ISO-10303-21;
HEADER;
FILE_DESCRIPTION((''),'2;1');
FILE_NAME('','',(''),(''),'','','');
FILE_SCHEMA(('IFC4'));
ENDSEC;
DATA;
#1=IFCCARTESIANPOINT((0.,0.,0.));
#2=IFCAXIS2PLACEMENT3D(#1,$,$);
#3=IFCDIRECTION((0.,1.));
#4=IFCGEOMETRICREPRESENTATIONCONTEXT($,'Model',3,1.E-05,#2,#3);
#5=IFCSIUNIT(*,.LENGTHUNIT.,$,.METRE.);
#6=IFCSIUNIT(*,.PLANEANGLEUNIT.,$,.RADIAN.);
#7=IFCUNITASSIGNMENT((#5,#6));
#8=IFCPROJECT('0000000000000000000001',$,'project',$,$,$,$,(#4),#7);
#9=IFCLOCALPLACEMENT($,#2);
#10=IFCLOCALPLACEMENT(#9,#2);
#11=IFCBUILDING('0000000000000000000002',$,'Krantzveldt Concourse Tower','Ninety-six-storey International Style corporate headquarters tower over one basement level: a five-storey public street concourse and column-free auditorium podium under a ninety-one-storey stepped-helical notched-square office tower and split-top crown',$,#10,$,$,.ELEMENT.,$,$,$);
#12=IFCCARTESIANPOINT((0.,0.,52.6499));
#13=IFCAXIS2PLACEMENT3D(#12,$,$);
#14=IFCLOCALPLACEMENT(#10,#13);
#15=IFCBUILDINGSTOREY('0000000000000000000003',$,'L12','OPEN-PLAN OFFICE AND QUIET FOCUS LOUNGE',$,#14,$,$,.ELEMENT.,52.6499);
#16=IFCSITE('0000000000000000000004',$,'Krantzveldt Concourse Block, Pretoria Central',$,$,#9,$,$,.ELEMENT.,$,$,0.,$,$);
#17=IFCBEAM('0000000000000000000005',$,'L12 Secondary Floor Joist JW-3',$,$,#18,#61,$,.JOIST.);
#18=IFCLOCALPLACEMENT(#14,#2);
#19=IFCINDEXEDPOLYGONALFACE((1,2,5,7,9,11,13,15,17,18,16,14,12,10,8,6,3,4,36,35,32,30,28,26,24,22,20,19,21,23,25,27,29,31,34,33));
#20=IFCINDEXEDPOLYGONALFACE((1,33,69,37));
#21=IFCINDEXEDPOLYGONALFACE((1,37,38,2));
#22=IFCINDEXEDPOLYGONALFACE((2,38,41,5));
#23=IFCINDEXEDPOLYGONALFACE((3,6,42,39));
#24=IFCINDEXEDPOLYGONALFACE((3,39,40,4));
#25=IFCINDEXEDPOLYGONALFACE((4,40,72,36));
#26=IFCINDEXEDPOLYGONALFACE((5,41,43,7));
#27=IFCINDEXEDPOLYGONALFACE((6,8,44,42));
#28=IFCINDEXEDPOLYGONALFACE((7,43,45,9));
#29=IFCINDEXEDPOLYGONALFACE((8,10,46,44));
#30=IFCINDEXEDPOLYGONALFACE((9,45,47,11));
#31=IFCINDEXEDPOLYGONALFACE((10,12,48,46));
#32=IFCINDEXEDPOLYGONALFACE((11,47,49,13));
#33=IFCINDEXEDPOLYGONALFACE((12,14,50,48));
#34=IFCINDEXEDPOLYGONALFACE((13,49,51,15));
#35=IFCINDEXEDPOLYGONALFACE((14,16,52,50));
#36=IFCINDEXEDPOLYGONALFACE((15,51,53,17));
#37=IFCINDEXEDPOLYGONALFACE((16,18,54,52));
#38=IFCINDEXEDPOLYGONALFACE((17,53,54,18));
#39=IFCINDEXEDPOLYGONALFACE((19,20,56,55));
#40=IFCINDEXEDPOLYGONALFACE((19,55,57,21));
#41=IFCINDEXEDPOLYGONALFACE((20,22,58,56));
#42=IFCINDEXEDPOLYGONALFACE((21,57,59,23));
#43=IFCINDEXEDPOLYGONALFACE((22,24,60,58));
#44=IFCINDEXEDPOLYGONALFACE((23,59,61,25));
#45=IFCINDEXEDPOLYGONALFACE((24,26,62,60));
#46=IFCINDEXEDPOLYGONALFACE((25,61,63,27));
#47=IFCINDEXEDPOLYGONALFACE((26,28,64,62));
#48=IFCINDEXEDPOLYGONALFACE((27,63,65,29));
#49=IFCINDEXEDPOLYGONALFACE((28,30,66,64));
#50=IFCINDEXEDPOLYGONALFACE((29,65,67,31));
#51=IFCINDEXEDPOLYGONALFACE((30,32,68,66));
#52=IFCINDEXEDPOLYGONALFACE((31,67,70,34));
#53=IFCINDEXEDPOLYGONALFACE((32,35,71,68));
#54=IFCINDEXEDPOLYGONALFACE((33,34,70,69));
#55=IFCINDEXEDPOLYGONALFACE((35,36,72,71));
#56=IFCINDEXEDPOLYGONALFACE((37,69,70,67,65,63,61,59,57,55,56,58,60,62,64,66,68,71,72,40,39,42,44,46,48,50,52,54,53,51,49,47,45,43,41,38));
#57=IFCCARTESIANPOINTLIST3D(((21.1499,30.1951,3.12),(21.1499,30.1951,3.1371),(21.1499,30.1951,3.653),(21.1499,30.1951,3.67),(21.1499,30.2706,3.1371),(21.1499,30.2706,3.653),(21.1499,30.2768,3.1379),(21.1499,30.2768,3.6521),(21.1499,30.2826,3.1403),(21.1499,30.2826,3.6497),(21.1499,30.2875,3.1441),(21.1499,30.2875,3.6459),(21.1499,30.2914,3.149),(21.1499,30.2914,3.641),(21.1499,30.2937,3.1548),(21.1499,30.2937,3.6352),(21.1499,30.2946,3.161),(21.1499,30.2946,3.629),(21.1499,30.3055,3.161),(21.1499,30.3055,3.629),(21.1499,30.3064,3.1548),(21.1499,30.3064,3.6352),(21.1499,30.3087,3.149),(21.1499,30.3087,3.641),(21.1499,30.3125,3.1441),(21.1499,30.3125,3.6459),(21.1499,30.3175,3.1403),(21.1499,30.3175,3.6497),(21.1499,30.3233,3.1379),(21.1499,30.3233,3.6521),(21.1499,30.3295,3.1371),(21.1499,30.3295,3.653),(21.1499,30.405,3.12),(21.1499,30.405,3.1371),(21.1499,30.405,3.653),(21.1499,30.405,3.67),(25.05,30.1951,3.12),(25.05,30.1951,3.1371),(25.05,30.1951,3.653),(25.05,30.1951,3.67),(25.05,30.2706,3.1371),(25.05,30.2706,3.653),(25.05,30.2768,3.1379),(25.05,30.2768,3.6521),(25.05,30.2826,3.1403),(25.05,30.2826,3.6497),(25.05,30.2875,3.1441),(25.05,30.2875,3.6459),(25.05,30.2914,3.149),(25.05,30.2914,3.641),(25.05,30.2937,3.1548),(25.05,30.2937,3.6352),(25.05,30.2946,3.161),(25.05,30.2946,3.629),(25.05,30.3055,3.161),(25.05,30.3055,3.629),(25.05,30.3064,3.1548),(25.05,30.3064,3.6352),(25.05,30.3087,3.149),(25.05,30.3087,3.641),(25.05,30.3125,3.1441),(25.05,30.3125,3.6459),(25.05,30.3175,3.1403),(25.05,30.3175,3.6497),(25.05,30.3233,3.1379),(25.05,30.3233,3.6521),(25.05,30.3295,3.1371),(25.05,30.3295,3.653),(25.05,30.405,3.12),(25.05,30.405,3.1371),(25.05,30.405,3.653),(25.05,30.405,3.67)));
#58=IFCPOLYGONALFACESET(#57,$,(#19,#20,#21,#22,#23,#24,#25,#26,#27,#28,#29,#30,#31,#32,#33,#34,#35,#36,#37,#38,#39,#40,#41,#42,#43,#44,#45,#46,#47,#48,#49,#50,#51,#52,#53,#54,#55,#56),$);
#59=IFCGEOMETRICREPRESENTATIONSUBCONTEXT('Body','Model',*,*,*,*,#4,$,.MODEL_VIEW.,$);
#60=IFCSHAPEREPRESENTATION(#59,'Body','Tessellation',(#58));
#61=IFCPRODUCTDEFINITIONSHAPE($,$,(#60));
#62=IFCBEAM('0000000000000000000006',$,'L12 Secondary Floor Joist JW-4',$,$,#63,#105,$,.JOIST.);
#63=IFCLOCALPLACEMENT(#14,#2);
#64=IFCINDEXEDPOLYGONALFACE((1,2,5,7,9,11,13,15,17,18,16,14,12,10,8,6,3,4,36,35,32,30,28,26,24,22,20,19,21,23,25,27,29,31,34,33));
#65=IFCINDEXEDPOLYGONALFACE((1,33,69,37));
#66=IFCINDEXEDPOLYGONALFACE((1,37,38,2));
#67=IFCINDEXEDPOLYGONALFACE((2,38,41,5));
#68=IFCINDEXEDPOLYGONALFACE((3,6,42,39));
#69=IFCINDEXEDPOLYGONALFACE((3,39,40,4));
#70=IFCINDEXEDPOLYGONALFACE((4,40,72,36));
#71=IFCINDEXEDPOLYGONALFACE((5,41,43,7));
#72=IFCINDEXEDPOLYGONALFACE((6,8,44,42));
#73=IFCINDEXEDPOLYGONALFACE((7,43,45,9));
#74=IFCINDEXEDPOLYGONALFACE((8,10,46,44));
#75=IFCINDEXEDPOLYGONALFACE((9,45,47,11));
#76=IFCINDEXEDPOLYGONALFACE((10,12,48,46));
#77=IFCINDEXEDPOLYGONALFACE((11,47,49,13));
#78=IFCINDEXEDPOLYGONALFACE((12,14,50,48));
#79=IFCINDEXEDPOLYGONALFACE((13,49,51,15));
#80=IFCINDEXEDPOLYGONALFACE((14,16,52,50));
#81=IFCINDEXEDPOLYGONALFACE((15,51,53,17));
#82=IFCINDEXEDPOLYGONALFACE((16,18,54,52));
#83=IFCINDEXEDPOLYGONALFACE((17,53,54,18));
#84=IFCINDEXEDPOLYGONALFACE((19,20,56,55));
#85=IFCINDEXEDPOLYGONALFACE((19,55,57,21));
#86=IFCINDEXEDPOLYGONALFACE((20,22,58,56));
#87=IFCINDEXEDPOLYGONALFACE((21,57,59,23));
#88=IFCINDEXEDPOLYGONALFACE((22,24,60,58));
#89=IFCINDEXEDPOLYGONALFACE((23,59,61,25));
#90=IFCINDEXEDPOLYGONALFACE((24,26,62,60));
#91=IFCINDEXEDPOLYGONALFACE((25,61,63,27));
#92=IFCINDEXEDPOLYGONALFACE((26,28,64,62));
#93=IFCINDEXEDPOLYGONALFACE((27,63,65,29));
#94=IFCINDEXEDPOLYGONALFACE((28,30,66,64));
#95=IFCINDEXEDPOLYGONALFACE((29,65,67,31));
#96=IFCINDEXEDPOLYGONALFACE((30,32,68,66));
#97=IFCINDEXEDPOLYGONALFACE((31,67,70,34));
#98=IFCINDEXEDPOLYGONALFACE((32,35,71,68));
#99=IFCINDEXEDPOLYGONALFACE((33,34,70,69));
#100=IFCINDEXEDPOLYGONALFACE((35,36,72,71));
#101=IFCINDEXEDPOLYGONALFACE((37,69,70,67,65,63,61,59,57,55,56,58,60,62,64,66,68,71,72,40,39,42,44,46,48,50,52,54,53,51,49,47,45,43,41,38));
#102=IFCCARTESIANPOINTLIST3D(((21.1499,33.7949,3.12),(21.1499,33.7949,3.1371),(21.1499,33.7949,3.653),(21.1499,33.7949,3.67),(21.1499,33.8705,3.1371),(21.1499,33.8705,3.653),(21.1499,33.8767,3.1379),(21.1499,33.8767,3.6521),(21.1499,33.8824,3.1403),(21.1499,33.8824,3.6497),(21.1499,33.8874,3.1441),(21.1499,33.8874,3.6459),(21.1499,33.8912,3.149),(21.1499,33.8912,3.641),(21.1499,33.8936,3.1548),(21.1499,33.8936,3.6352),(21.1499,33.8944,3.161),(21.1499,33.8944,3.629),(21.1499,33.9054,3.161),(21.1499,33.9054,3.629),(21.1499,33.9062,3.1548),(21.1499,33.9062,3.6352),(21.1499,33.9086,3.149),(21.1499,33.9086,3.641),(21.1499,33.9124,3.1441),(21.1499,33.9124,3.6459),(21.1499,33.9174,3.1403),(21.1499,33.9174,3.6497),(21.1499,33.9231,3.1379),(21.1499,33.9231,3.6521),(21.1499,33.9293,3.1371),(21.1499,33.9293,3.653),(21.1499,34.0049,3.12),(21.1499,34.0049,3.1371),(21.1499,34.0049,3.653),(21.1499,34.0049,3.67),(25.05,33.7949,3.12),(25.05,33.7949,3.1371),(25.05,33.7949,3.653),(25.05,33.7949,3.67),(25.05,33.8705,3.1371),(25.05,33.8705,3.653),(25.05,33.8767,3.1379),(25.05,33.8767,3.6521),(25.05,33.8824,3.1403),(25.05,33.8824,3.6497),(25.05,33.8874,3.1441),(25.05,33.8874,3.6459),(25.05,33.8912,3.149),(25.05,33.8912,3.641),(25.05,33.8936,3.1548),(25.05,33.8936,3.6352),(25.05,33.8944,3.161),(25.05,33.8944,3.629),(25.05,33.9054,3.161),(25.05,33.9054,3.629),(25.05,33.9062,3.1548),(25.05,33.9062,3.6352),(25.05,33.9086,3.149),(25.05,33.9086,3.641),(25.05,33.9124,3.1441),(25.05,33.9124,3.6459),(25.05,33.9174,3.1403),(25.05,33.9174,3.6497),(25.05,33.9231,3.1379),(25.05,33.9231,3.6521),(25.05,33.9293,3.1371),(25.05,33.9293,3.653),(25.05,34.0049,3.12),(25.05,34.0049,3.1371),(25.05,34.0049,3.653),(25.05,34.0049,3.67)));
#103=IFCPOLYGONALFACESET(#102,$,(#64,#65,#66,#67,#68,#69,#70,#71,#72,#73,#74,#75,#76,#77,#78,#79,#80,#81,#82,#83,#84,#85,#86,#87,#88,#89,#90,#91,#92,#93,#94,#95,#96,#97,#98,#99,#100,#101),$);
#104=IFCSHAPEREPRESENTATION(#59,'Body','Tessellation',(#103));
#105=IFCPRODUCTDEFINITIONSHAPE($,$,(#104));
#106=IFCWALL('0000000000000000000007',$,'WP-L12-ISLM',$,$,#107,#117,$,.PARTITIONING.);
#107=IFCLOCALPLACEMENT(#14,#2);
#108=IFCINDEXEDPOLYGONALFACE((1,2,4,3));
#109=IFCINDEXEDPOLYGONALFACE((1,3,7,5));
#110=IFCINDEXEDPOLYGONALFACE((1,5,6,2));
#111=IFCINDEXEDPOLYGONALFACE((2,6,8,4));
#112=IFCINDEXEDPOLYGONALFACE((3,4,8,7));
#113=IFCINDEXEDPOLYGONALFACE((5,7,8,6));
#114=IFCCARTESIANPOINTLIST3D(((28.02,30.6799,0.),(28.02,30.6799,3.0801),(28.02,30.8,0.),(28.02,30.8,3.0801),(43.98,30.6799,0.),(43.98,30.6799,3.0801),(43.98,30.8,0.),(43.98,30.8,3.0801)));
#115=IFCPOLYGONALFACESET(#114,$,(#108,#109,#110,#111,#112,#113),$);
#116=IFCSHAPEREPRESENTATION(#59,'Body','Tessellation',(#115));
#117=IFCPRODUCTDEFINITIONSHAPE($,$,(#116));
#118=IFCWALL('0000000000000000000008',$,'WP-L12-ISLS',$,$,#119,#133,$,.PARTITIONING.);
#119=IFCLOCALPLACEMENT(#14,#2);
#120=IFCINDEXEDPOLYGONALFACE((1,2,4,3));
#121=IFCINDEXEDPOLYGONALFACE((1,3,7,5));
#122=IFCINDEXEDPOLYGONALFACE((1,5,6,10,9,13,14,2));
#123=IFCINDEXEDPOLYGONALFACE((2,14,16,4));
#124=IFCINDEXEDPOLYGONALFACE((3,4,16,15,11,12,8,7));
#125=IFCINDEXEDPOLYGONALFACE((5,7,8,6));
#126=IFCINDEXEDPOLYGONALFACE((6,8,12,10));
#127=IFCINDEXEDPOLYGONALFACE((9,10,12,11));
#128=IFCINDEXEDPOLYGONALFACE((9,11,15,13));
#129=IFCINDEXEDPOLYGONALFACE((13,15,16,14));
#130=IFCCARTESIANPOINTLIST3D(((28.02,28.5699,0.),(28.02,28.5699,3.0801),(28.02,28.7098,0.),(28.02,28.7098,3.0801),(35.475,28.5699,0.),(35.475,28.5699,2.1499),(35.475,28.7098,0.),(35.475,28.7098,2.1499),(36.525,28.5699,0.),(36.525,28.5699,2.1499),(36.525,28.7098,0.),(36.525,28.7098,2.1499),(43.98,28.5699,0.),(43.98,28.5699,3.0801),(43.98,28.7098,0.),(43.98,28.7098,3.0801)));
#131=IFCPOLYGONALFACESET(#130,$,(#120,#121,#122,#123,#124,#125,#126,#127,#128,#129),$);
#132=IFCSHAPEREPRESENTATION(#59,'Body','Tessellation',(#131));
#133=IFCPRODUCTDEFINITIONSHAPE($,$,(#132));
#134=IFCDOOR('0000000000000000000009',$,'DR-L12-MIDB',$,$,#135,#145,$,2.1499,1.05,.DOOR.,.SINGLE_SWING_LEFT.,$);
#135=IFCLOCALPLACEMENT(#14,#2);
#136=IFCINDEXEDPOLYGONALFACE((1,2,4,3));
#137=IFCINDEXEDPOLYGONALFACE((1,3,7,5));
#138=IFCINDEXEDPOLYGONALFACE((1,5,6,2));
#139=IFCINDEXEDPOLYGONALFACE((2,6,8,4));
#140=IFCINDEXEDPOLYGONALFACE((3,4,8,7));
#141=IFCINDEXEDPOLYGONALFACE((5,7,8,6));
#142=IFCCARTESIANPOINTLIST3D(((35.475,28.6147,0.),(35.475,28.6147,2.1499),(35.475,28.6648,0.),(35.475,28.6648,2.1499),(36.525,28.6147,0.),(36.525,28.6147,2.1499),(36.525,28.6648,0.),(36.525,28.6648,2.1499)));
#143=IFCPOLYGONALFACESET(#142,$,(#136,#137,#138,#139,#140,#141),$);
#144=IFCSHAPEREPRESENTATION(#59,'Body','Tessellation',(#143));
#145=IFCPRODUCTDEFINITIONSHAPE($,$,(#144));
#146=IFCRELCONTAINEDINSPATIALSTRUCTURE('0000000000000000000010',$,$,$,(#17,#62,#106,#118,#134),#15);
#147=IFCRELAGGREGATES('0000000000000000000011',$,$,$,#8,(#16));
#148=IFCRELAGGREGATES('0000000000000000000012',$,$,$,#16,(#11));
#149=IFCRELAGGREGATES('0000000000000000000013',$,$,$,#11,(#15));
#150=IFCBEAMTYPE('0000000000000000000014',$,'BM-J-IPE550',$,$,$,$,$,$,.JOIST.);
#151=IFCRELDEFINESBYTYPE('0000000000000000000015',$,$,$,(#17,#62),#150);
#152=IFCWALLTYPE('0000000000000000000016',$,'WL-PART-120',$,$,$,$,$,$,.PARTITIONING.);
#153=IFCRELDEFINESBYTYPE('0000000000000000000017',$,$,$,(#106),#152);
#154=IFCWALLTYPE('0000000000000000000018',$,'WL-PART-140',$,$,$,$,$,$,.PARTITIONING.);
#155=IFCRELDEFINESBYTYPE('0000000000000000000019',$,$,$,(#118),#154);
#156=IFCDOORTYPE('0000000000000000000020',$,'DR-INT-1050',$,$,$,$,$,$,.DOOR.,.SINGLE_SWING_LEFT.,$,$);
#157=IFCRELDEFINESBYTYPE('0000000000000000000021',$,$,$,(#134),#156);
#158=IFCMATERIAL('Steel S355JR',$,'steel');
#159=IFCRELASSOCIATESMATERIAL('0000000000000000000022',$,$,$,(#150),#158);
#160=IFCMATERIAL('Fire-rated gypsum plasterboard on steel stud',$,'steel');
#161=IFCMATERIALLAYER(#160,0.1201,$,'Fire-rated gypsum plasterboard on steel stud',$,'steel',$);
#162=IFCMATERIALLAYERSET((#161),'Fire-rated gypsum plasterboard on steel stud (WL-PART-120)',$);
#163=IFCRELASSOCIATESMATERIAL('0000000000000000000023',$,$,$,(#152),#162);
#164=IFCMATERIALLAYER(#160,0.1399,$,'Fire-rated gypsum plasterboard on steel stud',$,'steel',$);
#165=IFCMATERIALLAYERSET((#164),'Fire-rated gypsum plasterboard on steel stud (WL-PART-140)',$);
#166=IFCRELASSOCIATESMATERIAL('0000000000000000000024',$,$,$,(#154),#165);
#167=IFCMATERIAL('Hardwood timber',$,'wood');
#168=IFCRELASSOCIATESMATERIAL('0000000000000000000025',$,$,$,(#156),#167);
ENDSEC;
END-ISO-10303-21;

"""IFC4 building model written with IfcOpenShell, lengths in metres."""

from ifc_helpers import new_model, si_unit, direction, frame, frame_2d, origin, origin_2d, place, context, subcontext, project, spatial, rectangle, i_section, extrude, source, transform, mapped, material, layer, layer_set, material_profile, profile_set, type_object, element, fill, save


model = new_model("IFC4")

# Units and contexts
model_context = context("Model", 3, precision=1e-05, world=origin(), true_north=direction((0.0, 1.0)))
body_context = subcontext(model_context, "Body", "Model", "MODEL_VIEW")
ifc_project = project(units=[si_unit("LENGTHUNIT", "METRE"), si_unit("PLANEANGLEUNIT", "RADIAN")], contexts=[model_context])

# Site, building, storey
site_placement = place(None, origin())
site = spatial("IfcSite", under=ifc_project, at=site_placement, Name="Krantzveldt Concourse Block, Pretoria Central", CompositionType="ELEMENT", RefElevation=0.0)
building_placement = place(site_placement, origin())
building = spatial("IfcBuilding", under=site, at=building_placement, Name="Krantzveldt Concourse Tower", Description="Ninety-six-storey International Style corporate headquarters tower over one basement level: a five-storey public street concourse and column-free auditorium podium under a ninety-one-storey stepped-helical notched-square office tower and split-top crown", CompositionType="ELEMENT")
storey_placement = place(building_placement, frame((0.0, 0.0, 52.6499)))
storey = spatial("IfcBuildingStorey", under=building, at=storey_placement, Name="L12", Description="OPEN-PLAN OFFICE AND QUIET FOCUS LOUNGE", CompositionType="ELEMENT", Elevation=52.6499)

# Beams
ifc_material_1 = material(Name="Steel S355JR", Category="steel")
ifc_material_profile_1 = material_profile(ifc_material_1, i_section(OverallWidth=0.21, OverallDepth=0.55, WebThickness=0.011, FlangeThickness=0.0171, FilletRadius=0.0239, at=origin_2d()), Name="Steel S355JR", Category="steel")
ifc_profile_set_1 = profile_set([ifc_material_profile_1], Name="Steel S355JR - IPE 550")
beam_type_1 = type_object("IfcBeamType", Name="BM-J-IPE550", PredefinedType="JOIST", material=ifc_profile_set_1)
shared_shape_1 = source(origin(), body_context, "Body", "SweptSolid", [
    extrude(i_section(OverallWidth=0.21, OverallDepth=0.55, WebThickness=0.011, FlangeThickness=0.0171, FilletRadius=0.0239, at=origin_2d()), origin(), (0.0, 0.0, 1.0), 3.9001),
])
for number, where, z_axis, x_axis, name in (
    (1, (21.1499, 30.3, 3.395), (1.0, 0.0, 0.0), (0.0, 1.0, 0.0), "L12 Secondary Floor Joist JW-3"),
    (2, (21.1499, 33.8999, 3.395), (1.0, 0.0, 0.0), (0.0, 1.0, 0.0), "L12 Secondary Floor Joist JW-4"),
):
    element("IfcBeam", number, at=place(storey_placement, frame(where, z_axis=z_axis, x_axis=x_axis)), inside=storey, type_object=beam_type_1, Name=name, PredefinedType="JOIST", context=body_context, shape_type="MappedRepresentation", body=[
        mapped(shared_shape_1, transform((0.0, 0.0, 0.0), x_axis=(1.0, 0.0, 0.0), y_axis=(0.0, 1.0, 0.0), z_axis=(0.0, 0.0, 1.0), scale=1.0)),
    ])

# Wall
ifc_material_2 = material(Name="Fire-rated gypsum plasterboard on steel stud", Category="steel")
ifc_layer_1 = layer(ifc_material_2, 0.1201, Name="Fire-rated gypsum plasterboard on steel stud", Category="steel")
ifc_layer_set_1 = layer_set([ifc_layer_1], Name="Fire-rated gypsum plasterboard on steel stud (WL-PART-120)")
wall_type_1 = type_object("IfcWallType", Name="WL-PART-120", PredefinedType="PARTITIONING", material=ifc_layer_set_1)
wall_1_placement = place(storey_placement, frame((28.02, 30.74, 0.0), z_axis=(0.0, 0.0, 1.0), x_axis=(1.0, 0.0, 0.0)))
element("IfcWall", 3, at=wall_1_placement, inside=storey, type_object=wall_type_1, Name="WP-L12-ISLM", PredefinedType="PARTITIONING", context=body_context, shape_type="SweptSolid", body=[
    extrude(rectangle(XDim=15.96, YDim=0.1201, at=frame_2d((7.98, 0.0))), origin(), (0.0, 0.0, 1.0), 3.0801),
])

# Wall, opening, door
ifc_layer_2 = layer(ifc_material_2, 0.1399, Name="Fire-rated gypsum plasterboard on steel stud", Category="steel")
ifc_layer_set_2 = layer_set([ifc_layer_2], Name="Fire-rated gypsum plasterboard on steel stud (WL-PART-140)")
wall_type_2 = type_object("IfcWallType", Name="WL-PART-140", PredefinedType="PARTITIONING", material=ifc_layer_set_2)
wall_2_placement = place(storey_placement, frame((28.02, 28.6399, 0.0), z_axis=(0.0, 0.0, 1.0), x_axis=(1.0, 0.0, 0.0)))
wall_2 = element("IfcWall", 4, at=wall_2_placement, inside=storey, type_object=wall_type_2, Name="WP-L12-ISLS", PredefinedType="PARTITIONING", context=body_context, shape_type="SweptSolid", body=[
    extrude(rectangle(XDim=15.96, YDim=0.1399, at=frame_2d((7.98, 0.0))), origin(), (0.0, 0.0, 1.0), 3.0801),
])
opening_1_placement = place(wall_2_placement, frame((7.4551, 0.0, 0.0)))
opening_1 = element("IfcOpeningElement", 5, at=opening_1_placement, cuts=wall_2, PredefinedType="OPENING", context=body_context, shape_type="SweptSolid", body=[
    extrude(rectangle(XDim=1.05, YDim=2.1499, at=frame_2d((0.5249, 1.075))), frame((0.0, 0.0801, 0.0), z_axis=(0.0, -1.0, 0.0), x_axis=(1.0, 0.0, 0.0)), (0.0, 0.0, 1.0), 0.1599),
])
ifc_material_3 = material(Name="Hardwood timber", Category="wood")
door_type_1 = type_object("IfcDoorType", Name="DR-INT-1050", OperationType="SINGLE_SWING_LEFT", PredefinedType="DOOR", material=ifc_material_3)
door_1_placement = place(opening_1_placement, origin())
door_1 = element("IfcDoor", 6, at=door_1_placement, inside=storey, type_object=door_type_1, Name="DR-L12-MIDB", OperationType="SINGLE_SWING_LEFT", OverallHeight=2.1499, OverallWidth=1.05, PredefinedType="DOOR", context=body_context, shape_type="SweptSolid", body=[
    extrude(rectangle(XDim=1.05, YDim=2.1499, at=frame_2d((0.5249, 1.075))), frame((0.0, 0.0249, 0.0), z_axis=(0.0, -1.0, 0.0), x_axis=(1.0, 0.0, 0.0)), (0.0, 0.0, 1.0), 0.05),
])
fill(opening_1, door_1)

save(model, "model.ifc")
